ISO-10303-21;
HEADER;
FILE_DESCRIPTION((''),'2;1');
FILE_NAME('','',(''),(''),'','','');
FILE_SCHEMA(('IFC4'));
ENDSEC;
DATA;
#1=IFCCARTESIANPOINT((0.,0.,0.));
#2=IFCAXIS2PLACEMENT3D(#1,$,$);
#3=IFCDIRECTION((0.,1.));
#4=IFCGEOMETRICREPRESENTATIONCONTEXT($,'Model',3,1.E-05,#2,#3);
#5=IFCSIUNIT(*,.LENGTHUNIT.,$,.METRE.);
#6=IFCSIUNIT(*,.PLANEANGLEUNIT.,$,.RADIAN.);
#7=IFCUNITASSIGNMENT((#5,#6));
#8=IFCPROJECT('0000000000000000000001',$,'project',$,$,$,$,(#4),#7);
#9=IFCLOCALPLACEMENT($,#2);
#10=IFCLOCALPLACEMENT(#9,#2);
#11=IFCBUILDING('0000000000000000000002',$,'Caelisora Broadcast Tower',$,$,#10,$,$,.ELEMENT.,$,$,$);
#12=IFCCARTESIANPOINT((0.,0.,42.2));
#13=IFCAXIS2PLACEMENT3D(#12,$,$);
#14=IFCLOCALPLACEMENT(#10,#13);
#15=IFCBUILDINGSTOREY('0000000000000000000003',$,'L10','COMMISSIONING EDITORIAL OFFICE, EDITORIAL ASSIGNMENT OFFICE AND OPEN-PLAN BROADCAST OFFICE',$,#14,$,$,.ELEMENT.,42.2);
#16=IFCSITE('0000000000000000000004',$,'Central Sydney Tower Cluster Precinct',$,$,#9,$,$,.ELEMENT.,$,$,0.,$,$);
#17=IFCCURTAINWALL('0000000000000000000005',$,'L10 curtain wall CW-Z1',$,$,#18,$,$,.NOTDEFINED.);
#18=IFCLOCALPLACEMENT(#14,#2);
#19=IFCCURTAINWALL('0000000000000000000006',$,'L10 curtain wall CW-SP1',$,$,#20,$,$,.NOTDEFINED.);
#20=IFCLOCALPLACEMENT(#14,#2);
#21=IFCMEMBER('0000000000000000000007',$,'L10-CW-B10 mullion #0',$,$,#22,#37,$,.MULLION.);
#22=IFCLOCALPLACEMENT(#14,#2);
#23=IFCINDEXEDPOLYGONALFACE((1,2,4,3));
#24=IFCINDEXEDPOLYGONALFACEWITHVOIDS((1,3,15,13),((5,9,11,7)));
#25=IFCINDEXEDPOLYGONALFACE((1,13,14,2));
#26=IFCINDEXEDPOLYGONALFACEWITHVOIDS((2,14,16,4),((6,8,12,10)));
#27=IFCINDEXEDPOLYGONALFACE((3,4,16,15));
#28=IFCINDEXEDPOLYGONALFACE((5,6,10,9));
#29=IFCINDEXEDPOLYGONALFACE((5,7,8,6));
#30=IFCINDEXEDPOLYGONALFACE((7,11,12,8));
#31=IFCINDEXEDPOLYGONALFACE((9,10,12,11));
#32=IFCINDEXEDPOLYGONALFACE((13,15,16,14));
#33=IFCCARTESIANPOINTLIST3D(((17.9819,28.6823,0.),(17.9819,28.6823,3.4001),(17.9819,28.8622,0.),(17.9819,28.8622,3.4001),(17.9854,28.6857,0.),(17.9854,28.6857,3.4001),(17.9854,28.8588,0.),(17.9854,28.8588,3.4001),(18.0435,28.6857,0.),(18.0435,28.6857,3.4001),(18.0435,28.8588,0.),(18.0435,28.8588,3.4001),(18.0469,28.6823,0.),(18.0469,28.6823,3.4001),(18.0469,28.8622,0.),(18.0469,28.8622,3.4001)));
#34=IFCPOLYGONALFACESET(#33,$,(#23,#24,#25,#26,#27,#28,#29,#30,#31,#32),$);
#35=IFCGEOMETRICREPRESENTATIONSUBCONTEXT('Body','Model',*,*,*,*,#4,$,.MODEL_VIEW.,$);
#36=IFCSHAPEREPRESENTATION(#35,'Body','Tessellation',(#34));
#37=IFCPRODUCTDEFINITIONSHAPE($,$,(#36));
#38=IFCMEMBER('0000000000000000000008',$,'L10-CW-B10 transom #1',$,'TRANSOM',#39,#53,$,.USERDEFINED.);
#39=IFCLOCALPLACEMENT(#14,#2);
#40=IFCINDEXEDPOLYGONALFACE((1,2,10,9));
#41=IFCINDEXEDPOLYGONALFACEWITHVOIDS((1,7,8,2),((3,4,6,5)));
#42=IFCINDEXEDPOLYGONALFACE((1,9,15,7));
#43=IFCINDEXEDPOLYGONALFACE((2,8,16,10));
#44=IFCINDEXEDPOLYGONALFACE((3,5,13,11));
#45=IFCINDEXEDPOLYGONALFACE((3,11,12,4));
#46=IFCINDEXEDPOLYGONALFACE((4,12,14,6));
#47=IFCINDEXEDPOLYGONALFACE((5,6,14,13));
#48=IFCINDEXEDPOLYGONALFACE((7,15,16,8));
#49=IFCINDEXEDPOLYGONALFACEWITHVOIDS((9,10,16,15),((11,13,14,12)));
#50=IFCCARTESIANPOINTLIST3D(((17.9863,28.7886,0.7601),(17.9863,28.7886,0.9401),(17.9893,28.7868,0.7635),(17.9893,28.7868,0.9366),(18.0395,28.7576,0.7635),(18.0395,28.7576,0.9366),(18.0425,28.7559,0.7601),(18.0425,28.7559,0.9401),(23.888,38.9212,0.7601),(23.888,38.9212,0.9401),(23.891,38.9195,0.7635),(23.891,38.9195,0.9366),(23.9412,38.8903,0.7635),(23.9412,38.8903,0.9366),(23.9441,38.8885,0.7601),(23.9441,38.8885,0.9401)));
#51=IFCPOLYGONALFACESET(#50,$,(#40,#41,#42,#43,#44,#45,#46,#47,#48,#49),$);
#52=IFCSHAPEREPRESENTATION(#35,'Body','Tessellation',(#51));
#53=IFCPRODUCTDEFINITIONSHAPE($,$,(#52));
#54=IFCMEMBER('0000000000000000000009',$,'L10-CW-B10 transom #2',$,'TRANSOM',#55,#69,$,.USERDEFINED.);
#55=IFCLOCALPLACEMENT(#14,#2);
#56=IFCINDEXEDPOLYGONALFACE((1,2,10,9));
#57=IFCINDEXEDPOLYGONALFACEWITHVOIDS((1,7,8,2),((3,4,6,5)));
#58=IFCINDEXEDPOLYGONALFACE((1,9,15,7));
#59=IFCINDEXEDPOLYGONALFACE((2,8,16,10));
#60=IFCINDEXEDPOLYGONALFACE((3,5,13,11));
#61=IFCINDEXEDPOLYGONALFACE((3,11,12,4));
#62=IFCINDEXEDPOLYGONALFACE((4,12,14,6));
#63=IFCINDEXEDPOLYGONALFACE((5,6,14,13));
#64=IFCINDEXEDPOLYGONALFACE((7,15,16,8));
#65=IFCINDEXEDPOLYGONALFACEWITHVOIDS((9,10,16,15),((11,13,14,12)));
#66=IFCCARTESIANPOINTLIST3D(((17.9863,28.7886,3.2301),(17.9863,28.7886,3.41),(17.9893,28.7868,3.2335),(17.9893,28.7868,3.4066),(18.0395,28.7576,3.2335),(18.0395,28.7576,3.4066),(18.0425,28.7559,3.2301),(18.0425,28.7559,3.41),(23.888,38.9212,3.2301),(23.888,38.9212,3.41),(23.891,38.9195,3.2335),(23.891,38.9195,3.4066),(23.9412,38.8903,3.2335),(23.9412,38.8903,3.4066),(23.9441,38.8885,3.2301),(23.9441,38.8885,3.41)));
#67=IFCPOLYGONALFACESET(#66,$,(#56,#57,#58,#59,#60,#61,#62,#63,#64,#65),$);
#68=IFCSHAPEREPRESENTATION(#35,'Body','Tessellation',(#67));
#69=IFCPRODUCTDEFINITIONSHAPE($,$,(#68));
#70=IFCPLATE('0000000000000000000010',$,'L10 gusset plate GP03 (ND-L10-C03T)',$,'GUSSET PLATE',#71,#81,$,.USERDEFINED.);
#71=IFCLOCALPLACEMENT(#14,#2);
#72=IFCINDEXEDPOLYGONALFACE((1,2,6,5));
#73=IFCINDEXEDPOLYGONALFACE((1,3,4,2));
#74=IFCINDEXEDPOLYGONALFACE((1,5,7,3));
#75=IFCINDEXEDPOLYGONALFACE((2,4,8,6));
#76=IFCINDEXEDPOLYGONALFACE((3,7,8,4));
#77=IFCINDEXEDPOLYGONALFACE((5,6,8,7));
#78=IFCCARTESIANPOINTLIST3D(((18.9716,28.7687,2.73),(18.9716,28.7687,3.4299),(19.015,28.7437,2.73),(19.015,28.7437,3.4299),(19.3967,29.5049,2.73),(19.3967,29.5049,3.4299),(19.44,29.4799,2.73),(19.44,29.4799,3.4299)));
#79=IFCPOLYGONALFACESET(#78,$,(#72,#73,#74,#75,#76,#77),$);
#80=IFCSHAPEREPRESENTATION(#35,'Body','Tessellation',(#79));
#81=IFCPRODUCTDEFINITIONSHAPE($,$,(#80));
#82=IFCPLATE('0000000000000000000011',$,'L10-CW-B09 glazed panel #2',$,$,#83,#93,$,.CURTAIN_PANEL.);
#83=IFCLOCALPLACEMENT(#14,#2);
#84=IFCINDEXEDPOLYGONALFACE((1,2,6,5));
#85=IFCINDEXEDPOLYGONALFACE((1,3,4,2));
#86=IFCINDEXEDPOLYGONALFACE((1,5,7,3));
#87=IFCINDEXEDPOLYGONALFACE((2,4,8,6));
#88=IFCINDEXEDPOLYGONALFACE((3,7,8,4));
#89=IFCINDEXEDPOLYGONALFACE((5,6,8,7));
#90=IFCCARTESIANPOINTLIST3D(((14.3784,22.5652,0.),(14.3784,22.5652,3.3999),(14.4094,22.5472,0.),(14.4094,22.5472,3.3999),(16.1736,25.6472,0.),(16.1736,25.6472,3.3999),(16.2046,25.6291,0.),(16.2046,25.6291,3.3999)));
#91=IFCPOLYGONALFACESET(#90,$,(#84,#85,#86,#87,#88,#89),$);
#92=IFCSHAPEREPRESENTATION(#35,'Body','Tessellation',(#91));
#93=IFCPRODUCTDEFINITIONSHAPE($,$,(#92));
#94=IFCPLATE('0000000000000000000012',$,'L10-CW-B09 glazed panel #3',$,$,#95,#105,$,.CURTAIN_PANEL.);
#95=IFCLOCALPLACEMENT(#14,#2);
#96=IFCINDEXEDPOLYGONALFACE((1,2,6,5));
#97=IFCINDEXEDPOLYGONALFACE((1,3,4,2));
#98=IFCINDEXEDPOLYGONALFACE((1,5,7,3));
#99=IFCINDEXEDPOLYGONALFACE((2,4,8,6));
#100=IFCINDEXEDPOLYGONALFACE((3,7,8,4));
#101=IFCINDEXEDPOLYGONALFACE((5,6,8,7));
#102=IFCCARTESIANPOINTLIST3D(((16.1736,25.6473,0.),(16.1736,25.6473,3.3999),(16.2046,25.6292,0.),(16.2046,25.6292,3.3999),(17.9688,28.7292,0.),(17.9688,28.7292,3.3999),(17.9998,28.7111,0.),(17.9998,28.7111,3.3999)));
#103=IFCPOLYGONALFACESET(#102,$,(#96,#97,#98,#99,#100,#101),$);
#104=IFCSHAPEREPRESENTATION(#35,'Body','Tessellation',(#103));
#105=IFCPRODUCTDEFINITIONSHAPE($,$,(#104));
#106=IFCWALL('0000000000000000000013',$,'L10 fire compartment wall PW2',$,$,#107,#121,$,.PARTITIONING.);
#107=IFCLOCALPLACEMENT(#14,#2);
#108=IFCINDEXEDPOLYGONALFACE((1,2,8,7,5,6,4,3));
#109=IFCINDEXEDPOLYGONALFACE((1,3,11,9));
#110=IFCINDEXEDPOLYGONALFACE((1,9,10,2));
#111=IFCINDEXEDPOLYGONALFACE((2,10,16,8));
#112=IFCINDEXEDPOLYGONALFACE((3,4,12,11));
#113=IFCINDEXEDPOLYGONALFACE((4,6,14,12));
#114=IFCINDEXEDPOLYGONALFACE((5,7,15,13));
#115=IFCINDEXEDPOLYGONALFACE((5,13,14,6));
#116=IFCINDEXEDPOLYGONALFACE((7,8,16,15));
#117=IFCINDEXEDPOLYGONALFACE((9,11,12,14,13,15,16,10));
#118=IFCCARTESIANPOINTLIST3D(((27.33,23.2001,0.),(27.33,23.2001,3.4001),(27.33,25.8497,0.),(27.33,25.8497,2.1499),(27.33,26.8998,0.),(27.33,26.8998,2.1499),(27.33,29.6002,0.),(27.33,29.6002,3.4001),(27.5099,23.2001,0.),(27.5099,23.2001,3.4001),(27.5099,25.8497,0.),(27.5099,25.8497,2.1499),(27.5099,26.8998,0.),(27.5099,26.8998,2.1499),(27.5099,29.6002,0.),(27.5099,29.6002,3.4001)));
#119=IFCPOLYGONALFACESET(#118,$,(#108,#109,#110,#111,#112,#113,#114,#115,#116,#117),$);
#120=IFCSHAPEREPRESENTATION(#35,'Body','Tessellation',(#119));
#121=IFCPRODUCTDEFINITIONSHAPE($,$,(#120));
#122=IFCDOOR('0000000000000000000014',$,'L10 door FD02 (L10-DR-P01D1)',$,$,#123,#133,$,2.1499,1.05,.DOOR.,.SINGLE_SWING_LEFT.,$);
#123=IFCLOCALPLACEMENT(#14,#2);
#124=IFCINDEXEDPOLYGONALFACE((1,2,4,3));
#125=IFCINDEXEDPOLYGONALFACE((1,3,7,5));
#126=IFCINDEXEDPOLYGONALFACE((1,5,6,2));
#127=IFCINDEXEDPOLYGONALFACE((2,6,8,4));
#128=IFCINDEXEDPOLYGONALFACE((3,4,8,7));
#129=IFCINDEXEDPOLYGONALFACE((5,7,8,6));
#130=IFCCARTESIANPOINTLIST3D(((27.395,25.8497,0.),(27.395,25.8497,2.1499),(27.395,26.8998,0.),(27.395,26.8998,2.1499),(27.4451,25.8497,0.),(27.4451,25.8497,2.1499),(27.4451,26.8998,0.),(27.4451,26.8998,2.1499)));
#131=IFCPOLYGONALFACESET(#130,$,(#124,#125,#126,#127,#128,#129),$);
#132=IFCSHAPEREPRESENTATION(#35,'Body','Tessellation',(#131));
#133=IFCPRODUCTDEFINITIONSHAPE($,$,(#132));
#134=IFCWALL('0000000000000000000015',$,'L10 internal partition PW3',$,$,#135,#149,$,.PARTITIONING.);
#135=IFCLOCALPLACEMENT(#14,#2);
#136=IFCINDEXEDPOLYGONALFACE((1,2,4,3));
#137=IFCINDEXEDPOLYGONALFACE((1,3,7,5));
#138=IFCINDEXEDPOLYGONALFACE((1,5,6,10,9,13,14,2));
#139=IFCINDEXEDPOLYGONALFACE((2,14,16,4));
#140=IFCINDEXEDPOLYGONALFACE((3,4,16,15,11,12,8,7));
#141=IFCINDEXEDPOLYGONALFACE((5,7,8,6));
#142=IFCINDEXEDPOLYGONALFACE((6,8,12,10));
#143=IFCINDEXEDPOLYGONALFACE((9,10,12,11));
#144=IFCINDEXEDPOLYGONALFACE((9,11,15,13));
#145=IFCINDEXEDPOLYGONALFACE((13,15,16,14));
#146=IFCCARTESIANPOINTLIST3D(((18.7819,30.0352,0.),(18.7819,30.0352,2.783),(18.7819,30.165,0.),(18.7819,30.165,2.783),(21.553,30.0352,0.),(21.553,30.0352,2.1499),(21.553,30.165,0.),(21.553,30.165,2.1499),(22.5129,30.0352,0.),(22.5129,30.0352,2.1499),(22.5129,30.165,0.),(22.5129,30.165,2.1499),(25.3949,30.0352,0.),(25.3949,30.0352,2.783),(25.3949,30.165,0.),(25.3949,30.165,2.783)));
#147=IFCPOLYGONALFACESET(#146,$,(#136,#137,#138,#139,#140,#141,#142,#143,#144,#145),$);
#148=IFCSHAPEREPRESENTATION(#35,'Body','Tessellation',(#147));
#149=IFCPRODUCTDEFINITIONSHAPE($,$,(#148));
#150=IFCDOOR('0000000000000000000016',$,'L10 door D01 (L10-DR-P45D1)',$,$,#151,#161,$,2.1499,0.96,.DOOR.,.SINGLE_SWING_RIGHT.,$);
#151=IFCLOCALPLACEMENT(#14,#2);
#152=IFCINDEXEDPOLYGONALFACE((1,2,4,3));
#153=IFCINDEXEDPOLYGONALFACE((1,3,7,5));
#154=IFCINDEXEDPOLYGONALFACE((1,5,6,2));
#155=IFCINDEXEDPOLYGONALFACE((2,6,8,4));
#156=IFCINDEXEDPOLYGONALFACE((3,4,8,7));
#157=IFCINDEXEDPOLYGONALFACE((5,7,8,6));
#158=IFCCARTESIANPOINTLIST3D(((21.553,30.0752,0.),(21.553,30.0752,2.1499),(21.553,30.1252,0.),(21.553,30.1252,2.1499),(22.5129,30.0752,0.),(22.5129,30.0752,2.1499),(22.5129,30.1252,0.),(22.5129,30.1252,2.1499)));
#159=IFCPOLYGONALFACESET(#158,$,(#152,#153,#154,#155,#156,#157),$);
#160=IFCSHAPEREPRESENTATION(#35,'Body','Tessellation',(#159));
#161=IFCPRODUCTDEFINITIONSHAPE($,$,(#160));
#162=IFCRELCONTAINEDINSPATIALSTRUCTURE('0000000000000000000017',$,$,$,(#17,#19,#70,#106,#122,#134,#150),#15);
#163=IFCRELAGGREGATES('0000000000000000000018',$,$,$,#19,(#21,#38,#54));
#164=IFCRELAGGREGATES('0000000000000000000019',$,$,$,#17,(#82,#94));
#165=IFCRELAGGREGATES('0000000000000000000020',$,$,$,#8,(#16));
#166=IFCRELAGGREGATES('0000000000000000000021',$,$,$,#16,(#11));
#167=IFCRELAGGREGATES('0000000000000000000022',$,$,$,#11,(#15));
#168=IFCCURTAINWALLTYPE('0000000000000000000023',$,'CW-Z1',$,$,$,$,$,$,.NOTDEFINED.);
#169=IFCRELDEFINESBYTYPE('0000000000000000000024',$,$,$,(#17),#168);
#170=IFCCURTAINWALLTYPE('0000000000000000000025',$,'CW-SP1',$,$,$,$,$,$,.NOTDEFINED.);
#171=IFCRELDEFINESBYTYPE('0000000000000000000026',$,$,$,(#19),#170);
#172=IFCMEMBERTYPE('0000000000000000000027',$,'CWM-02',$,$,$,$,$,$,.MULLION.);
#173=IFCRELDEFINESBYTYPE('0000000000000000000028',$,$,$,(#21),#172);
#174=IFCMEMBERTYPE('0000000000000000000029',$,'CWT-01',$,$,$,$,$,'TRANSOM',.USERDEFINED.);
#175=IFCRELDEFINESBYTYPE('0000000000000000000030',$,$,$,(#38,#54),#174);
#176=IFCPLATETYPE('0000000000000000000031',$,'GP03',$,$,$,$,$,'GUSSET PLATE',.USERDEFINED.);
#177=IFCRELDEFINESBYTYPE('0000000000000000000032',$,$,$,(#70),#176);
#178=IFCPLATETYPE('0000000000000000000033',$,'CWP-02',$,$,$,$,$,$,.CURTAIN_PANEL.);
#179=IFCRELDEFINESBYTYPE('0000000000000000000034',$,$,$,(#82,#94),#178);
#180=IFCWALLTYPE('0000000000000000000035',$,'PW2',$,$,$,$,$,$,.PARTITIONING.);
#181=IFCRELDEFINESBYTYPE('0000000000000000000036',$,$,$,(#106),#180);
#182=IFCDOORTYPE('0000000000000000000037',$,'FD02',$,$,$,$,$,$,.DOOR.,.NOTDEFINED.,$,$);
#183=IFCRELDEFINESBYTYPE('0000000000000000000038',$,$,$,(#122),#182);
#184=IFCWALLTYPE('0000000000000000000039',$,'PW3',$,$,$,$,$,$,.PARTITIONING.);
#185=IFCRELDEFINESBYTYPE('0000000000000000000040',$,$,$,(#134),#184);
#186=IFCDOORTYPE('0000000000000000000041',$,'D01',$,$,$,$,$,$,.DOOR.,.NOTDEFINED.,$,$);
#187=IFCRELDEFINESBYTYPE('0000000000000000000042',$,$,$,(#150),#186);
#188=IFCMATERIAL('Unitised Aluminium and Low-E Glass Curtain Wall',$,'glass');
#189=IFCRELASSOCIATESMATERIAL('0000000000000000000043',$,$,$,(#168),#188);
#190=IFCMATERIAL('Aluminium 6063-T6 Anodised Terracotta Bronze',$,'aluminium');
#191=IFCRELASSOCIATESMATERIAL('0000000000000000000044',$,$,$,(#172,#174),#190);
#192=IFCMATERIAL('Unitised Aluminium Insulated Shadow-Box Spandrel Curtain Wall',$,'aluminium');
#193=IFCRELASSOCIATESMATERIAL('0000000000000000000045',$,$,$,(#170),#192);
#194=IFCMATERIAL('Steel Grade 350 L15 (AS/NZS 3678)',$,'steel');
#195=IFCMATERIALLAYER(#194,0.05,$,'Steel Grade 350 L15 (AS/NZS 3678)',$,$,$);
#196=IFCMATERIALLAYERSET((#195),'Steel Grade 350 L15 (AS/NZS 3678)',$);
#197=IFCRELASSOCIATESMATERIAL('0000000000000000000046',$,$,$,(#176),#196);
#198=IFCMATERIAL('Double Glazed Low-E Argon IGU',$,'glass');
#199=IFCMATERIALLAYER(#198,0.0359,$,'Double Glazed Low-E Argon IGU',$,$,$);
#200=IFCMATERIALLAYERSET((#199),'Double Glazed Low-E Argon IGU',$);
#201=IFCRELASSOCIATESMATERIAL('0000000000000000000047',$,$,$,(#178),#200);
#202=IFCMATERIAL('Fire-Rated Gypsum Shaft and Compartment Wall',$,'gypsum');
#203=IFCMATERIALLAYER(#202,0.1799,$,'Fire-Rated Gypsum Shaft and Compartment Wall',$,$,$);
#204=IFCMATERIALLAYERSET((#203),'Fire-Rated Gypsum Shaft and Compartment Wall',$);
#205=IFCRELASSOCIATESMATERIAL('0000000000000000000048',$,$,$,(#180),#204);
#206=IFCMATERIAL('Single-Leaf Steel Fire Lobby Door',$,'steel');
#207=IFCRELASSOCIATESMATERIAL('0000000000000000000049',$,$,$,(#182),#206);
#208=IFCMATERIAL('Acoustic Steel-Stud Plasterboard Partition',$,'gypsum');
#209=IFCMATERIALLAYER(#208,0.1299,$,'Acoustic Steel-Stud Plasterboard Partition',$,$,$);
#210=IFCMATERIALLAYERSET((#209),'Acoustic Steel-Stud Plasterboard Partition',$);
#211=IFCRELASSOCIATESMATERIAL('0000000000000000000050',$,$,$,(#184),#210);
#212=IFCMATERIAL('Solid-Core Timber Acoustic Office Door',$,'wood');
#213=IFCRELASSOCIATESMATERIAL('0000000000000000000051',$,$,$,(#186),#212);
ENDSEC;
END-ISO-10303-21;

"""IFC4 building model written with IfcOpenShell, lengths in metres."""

from ifc_helpers import new_model, si_unit, direction, frame, frame_2d, origin, origin_2d, place, context, subcontext, project, spatial, rectangle, hollow_rectangle, extrude, source, transform, mapped, material, layer, layer_set, material_profile, profile_set, type_object, type_shapes, element, fill, aggregate, save


model = new_model("IFC4")

# Units and contexts
model_context = context("Model", 3, precision=1e-05, world=origin(), true_north=direction((0.0, 1.0)))
body_context = subcontext(model_context, "Body", "Model", "MODEL_VIEW")
ifc_project = project(units=[si_unit("LENGTHUNIT", "METRE"), si_unit("PLANEANGLEUNIT", "RADIAN")], contexts=[model_context])

# Site, building, storey
site_placement = place(None, origin())
site = spatial("IfcSite", under=ifc_project, at=site_placement, Name="Central Sydney Tower Cluster Precinct", CompositionType="ELEMENT", RefElevation=0.0)
building_placement = place(site_placement, origin())
building = spatial("IfcBuilding", under=site, at=building_placement, Name="Caelisora Broadcast Tower", CompositionType="ELEMENT")
storey_placement = place(building_placement, frame((0.0, 0.0, 42.2)))
storey = spatial("IfcBuildingStorey", under=building, at=storey_placement, Name="L10", Description="COMMISSIONING EDITORIAL OFFICE, EDITORIAL ASSIGNMENT OFFICE AND OPEN-PLAN BROADCAST OFFICE", CompositionType="ELEMENT", Elevation=42.2)

# Shared definitions
ifc_material_1 = material(Name="Steel Grade 350 L15 (AS/NZS 3678)", Category="steel")

# Curtain walls, members
ifc_material_2 = material(Name="Unitised Aluminium and Low-E Glass Curtain Wall", Category="glass")
curtain_wall_type_1 = type_object("IfcCurtainWallType", Name="CW-Z1", PredefinedType="NOTDEFINED", material=ifc_material_2)
curtain_wall_1_placement = place(storey_placement, origin())
curtain_wall_1 = element("IfcCurtainWall", 1, at=curtain_wall_1_placement, inside=storey, type_object=curtain_wall_type_1, Name="L10 curtain wall CW-Z1", PredefinedType="NOTDEFINED")
ifc_material_3 = material(Name="Aluminium 6063-T6 Anodised Terracotta Bronze", Category="aluminium")
ifc_material_profile_1 = material_profile(ifc_material_3, hollow_rectangle(XDim=0.0649, YDim=0.1799, WallThickness=0.0034, at=origin_2d()), Name="Aluminium 6063-T6 Anodised Terracotta Bronze")
ifc_profile_set_1 = profile_set([ifc_material_profile_1], Name="Aluminium 6063-T6 Anodised Terracotta Bronze")
member_type_1 = type_object("IfcMemberType", Name="CWM-02", PredefinedType="MULLION", material=ifc_profile_set_1)
shared_shape_1 = source(origin(), body_context, "Body", "SweptSolid", [
    extrude(hollow_rectangle(XDim=0.0649, YDim=0.1799, WallThickness=0.0034, at=origin_2d()), origin(), (0.0, 0.0, 1.0), 3.4001),
])
type_shapes(member_type_1, [shared_shape_1])
ifc_material_4 = material(Name="Unitised Aluminium Insulated Shadow-Box Spandrel Curtain Wall", Category="aluminium")
curtain_wall_type_2 = type_object("IfcCurtainWallType", Name="CW-SP1", PredefinedType="NOTDEFINED", material=ifc_material_4)
curtain_wall_2_placement = place(storey_placement, origin())
curtain_wall_2 = element("IfcCurtainWall", 2, at=curtain_wall_2_placement, inside=storey, type_object=curtain_wall_type_2, Name="L10 curtain wall CW-SP1", PredefinedType="NOTDEFINED")
member_1_placement = place(storey_placement, frame((18.0144, 28.7722, 0.0), z_axis=(0.0, 0.0, 1.0), x_axis=(1.0, 0.0, 0.0)))
member_1 = element("IfcMember", 3, at=member_1_placement, type_object=member_type_1, Name="L10-CW-B10 mullion #0", PredefinedType="MULLION", context=body_context, shape_type="MappedRepresentation", body=[
    mapped(shared_shape_1, transform((0.0, 0.0, 0.0), scale=1.0)),
])
ifc_material_profile_2 = material_profile(ifc_material_3, hollow_rectangle(XDim=0.0649, YDim=0.1799, WallThickness=0.0034, at=origin_2d()), Name="Aluminium 6063-T6 Anodised Terracotta Bronze")
ifc_profile_set_2 = profile_set([ifc_material_profile_2], Name="Aluminium 6063-T6 Anodised Terracotta Bronze")
member_type_2 = type_object("IfcMemberType", Name="CWT-01", ElementType="TRANSOM", PredefinedType="USERDEFINED", material=ifc_profile_set_2)
shared_shape_2 = source(origin(), body_context, "Body", "SweptSolid", [
    extrude(hollow_rectangle(XDim=0.0649, YDim=0.1799, WallThickness=0.0034, at=origin_2d()), origin(), (0.0, 0.0, 1.0), 11.7261),
])
type_shapes(member_type_2, [shared_shape_2])
member_2_placement = place(storey_placement, frame((18.0144, 28.7722, 0.8501), z_axis=(0.503295, 0.864115, 0.0), x_axis=(-0.864115, 0.503295, 0.0)))
member_2 = element("IfcMember", 4, at=member_2_placement, type_object=member_type_2, Name="L10-CW-B10 transom #1", ObjectType="TRANSOM", PredefinedType="USERDEFINED", context=body_context, shape_type="MappedRepresentation", body=[
    mapped(shared_shape_2, transform((0.0, 0.0, 0.0), scale=1.0)),
])
member_3_placement = place(storey_placement, frame((18.0144, 28.7722, 3.3201), z_axis=(0.503295, 0.864115, 0.0), x_axis=(-0.864115, 0.503295, 0.0)))
member_3 = element("IfcMember", 5, at=member_3_placement, type_object=member_type_2, Name="L10-CW-B10 transom #2", ObjectType="TRANSOM", PredefinedType="USERDEFINED", context=body_context, shape_type="MappedRepresentation", body=[
    mapped(shared_shape_2, transform((0.0, 0.0, 0.0), scale=1.0)),
])
aggregate(curtain_wall_2, [member_1, member_2, member_3])

# Plates
ifc_layer_1 = layer(ifc_material_1, 0.05, Name="Steel Grade 350 L15 (AS/NZS 3678)")
ifc_layer_set_1 = layer_set([ifc_layer_1], Name="Steel Grade 350 L15 (AS/NZS 3678)")
plate_type_1 = type_object("IfcPlateType", Name="GP03", ElementType="GUSSET PLATE", PredefinedType="USERDEFINED", material=ifc_layer_set_1)
shared_shape_3 = source(origin(), body_context, "Body", "SweptSolid", [
    extrude(rectangle(XDim=0.8501, YDim=0.05, at=origin_2d()), origin(), (0.0, 0.0, 1.0), 0.7),
])
type_shapes(plate_type_1, [shared_shape_3])
plate_1_placement = place(storey_placement, frame((19.2058, 29.1243, 2.73), z_axis=(0.0, 0.0, 1.0), x_axis=(-0.5, -0.866025, 0.0)))
element("IfcPlate", 6, at=plate_1_placement, inside=storey, type_object=plate_type_1, Name="L10 gusset plate GP03 (ND-L10-C03T)", ObjectType="GUSSET PLATE", PredefinedType="USERDEFINED", context=body_context, shape_type="MappedRepresentation", body=[
    mapped(shared_shape_3, transform((0.0, 0.0, 0.0), scale=1.0)),
])
ifc_material_5 = material(Name="Double Glazed Low-E Argon IGU", Category="glass")
ifc_layer_2 = layer(ifc_material_5, 0.0359, Name="Double Glazed Low-E Argon IGU")
ifc_layer_set_2 = layer_set([ifc_layer_2], Name="Double Glazed Low-E Argon IGU")
plate_type_2 = type_object("IfcPlateType", Name="CWP-02", PredefinedType="CURTAIN_PANEL", material=ifc_layer_set_2)
shared_shape_4 = source(origin(), body_context, "Body", "SweptSolid", [
    extrude(rectangle(XDim=3.5667, YDim=0.0359, at=origin_2d()), origin(), (0.0, 0.0, 1.0), 3.3999),
])
type_shapes(plate_type_2, [shared_shape_4])
plate_2_placement = place(storey_placement, frame((15.2915, 24.0972, 0.0), z_axis=(0.0, 0.0, 1.0), x_axis=(0.503322, 0.864099, 0.0)))
plate_2 = element("IfcPlate", 7, at=plate_2_placement, type_object=plate_type_2, Name="L10-CW-B09 glazed panel #2", PredefinedType="CURTAIN_PANEL", context=body_context, shape_type="MappedRepresentation", body=[
    mapped(shared_shape_4, transform((0.0, 0.0, 0.0), scale=1.0)),
])
plate_3_placement = place(storey_placement, frame((17.0867, 27.1792, 0.0), z_axis=(0.0, 0.0, 1.0), x_axis=(0.503322, 0.864099, 0.0)))
plate_3 = element("IfcPlate", 8, at=plate_3_placement, type_object=plate_type_2, Name="L10-CW-B09 glazed panel #3", PredefinedType="CURTAIN_PANEL", context=body_context, shape_type="MappedRepresentation", body=[
    mapped(shared_shape_4, transform((0.0, 0.0, 0.0), scale=1.0)),
])
aggregate(curtain_wall_1, [plate_2, plate_3])

# Walls, openings, doors
ifc_material_6 = material(Name="Fire-Rated Gypsum Shaft and Compartment Wall", Category="gypsum")
ifc_layer_3 = layer(ifc_material_6, 0.1799, Name="Fire-Rated Gypsum Shaft and Compartment Wall")
ifc_layer_set_3 = layer_set([ifc_layer_3], Name="Fire-Rated Gypsum Shaft and Compartment Wall")
wall_type_1 = type_object("IfcWallType", Name="PW2", PredefinedType="PARTITIONING", material=ifc_layer_set_3)
wall_1_placement = place(storey_placement, frame((27.4199, 23.2, 0.0), z_axis=(0.0, 0.0, 1.0), x_axis=(0.0, 1.0, 0.0)))
wall_1 = element("IfcWall", 9, at=wall_1_placement, inside=storey, type_object=wall_type_1, Name="L10 fire compartment wall PW2", PredefinedType="PARTITIONING", context=body_context, shape_type="SweptSolid", body=[
    extrude(rectangle(XDim=6.4001, YDim=0.1799, at=frame_2d((3.2002, 0.0))), origin(), (0.0, 0.0, 1.0), 3.4001),
])
opening_1_placement = place(wall_1_placement, frame((2.6499, 0.0, 0.0)))
opening_1 = element("IfcOpeningElement", 10, at=opening_1_placement, cuts=wall_1, PredefinedType="OPENING", context=body_context, shape_type="SweptSolid", body=[
    extrude(rectangle(XDim=1.05, YDim=2.1499, at=frame_2d((0.5249, 1.075))), frame((0.0, 0.1021, 0.0), z_axis=(0.0, -1.0, 0.0), x_axis=(1.0, 0.0, 0.0)), (0.0, 0.0, 1.0), 0.2039),
])
ifc_material_7 = material(Name="Single-Leaf Steel Fire Lobby Door", Category="steel")
door_type_1 = type_object("IfcDoorType", Name="FD02", OperationType="NOTDEFINED", PredefinedType="DOOR", material=ifc_material_7)
door_1_placement = place(opening_1_placement, origin())
door_1 = element("IfcDoor", 11, at=door_1_placement, inside=storey, type_object=door_type_1, Name="L10 door FD02 (L10-DR-P01D1)", OperationType="SINGLE_SWING_LEFT", OverallHeight=2.1499, OverallWidth=1.05, PredefinedType="DOOR", context=body_context, shape_type="SweptSolid", body=[
    extrude(rectangle(XDim=1.05, YDim=2.1499, at=frame_2d((0.5249, 1.075))), frame((0.0, 0.0249, 0.0), z_axis=(0.0, -1.0, 0.0), x_axis=(1.0, 0.0, 0.0)), (0.0, 0.0, 1.0), 0.05),
])
fill(opening_1, door_1)
ifc_material_8 = material(Name="Acoustic Steel-Stud Plasterboard Partition", Category="gypsum")
ifc_layer_4 = layer(ifc_material_8, 0.1299, Name="Acoustic Steel-Stud Plasterboard Partition")
ifc_layer_set_4 = layer_set([ifc_layer_4], Name="Acoustic Steel-Stud Plasterboard Partition")
wall_type_2 = type_object("IfcWallType", Name="PW3", PredefinedType="PARTITIONING", material=ifc_layer_set_4)
wall_2_placement = place(storey_placement, frame((25.395, 30.1001, 0.0), z_axis=(0.0, 0.0, 1.0), x_axis=(-1.0, 0.0, 0.0)))
wall_2 = element("IfcWall", 12, at=wall_2_placement, inside=storey, type_object=wall_type_2, Name="L10 internal partition PW3", PredefinedType="PARTITIONING", context=body_context, shape_type="SweptSolid", body=[
    extrude(rectangle(XDim=6.613, YDim=0.1299, at=frame_2d((3.3066, 0.0))), origin(), (0.0, 0.0, 1.0), 2.783),
])
opening_2_placement = place(wall_2_placement, frame((2.8821, 0.0, 0.0)))
opening_2 = element("IfcOpeningElement", 13, at=opening_2_placement, cuts=wall_2, PredefinedType="OPENING", context=body_context, shape_type="SweptSolid", body=[
    extrude(rectangle(XDim=0.96, YDim=2.1499, at=frame_2d((0.48, 1.075))), frame((0.0, 0.0769, 0.0), z_axis=(0.0, -1.0, 0.0), x_axis=(1.0, 0.0, 0.0)), (0.0, 0.0, 1.0), 0.1538),
])
ifc_material_9 = material(Name="Solid-Core Timber Acoustic Office Door", Category="wood")
door_type_2 = type_object("IfcDoorType", Name="D01", OperationType="NOTDEFINED", PredefinedType="DOOR", material=ifc_material_9)
door_2_placement = place(opening_2_placement, origin())
door_2 = element("IfcDoor", 14, at=door_2_placement, inside=storey, type_object=door_type_2, Name="L10 door D01 (L10-DR-P45D1)", OperationType="SINGLE_SWING_RIGHT", OverallHeight=2.1499, OverallWidth=0.96, PredefinedType="DOOR", context=body_context, shape_type="SweptSolid", body=[
    extrude(rectangle(XDim=0.96, YDim=2.1499, at=frame_2d((0.48, 1.075))), frame((0.0, 0.0249, 0.0), z_axis=(0.0, -1.0, 0.0), x_axis=(1.0, 0.0, 0.0)), (0.0, 0.0, 1.0), 0.05),
])
fill(opening_2, door_2)

save(model, "model.ifc")
